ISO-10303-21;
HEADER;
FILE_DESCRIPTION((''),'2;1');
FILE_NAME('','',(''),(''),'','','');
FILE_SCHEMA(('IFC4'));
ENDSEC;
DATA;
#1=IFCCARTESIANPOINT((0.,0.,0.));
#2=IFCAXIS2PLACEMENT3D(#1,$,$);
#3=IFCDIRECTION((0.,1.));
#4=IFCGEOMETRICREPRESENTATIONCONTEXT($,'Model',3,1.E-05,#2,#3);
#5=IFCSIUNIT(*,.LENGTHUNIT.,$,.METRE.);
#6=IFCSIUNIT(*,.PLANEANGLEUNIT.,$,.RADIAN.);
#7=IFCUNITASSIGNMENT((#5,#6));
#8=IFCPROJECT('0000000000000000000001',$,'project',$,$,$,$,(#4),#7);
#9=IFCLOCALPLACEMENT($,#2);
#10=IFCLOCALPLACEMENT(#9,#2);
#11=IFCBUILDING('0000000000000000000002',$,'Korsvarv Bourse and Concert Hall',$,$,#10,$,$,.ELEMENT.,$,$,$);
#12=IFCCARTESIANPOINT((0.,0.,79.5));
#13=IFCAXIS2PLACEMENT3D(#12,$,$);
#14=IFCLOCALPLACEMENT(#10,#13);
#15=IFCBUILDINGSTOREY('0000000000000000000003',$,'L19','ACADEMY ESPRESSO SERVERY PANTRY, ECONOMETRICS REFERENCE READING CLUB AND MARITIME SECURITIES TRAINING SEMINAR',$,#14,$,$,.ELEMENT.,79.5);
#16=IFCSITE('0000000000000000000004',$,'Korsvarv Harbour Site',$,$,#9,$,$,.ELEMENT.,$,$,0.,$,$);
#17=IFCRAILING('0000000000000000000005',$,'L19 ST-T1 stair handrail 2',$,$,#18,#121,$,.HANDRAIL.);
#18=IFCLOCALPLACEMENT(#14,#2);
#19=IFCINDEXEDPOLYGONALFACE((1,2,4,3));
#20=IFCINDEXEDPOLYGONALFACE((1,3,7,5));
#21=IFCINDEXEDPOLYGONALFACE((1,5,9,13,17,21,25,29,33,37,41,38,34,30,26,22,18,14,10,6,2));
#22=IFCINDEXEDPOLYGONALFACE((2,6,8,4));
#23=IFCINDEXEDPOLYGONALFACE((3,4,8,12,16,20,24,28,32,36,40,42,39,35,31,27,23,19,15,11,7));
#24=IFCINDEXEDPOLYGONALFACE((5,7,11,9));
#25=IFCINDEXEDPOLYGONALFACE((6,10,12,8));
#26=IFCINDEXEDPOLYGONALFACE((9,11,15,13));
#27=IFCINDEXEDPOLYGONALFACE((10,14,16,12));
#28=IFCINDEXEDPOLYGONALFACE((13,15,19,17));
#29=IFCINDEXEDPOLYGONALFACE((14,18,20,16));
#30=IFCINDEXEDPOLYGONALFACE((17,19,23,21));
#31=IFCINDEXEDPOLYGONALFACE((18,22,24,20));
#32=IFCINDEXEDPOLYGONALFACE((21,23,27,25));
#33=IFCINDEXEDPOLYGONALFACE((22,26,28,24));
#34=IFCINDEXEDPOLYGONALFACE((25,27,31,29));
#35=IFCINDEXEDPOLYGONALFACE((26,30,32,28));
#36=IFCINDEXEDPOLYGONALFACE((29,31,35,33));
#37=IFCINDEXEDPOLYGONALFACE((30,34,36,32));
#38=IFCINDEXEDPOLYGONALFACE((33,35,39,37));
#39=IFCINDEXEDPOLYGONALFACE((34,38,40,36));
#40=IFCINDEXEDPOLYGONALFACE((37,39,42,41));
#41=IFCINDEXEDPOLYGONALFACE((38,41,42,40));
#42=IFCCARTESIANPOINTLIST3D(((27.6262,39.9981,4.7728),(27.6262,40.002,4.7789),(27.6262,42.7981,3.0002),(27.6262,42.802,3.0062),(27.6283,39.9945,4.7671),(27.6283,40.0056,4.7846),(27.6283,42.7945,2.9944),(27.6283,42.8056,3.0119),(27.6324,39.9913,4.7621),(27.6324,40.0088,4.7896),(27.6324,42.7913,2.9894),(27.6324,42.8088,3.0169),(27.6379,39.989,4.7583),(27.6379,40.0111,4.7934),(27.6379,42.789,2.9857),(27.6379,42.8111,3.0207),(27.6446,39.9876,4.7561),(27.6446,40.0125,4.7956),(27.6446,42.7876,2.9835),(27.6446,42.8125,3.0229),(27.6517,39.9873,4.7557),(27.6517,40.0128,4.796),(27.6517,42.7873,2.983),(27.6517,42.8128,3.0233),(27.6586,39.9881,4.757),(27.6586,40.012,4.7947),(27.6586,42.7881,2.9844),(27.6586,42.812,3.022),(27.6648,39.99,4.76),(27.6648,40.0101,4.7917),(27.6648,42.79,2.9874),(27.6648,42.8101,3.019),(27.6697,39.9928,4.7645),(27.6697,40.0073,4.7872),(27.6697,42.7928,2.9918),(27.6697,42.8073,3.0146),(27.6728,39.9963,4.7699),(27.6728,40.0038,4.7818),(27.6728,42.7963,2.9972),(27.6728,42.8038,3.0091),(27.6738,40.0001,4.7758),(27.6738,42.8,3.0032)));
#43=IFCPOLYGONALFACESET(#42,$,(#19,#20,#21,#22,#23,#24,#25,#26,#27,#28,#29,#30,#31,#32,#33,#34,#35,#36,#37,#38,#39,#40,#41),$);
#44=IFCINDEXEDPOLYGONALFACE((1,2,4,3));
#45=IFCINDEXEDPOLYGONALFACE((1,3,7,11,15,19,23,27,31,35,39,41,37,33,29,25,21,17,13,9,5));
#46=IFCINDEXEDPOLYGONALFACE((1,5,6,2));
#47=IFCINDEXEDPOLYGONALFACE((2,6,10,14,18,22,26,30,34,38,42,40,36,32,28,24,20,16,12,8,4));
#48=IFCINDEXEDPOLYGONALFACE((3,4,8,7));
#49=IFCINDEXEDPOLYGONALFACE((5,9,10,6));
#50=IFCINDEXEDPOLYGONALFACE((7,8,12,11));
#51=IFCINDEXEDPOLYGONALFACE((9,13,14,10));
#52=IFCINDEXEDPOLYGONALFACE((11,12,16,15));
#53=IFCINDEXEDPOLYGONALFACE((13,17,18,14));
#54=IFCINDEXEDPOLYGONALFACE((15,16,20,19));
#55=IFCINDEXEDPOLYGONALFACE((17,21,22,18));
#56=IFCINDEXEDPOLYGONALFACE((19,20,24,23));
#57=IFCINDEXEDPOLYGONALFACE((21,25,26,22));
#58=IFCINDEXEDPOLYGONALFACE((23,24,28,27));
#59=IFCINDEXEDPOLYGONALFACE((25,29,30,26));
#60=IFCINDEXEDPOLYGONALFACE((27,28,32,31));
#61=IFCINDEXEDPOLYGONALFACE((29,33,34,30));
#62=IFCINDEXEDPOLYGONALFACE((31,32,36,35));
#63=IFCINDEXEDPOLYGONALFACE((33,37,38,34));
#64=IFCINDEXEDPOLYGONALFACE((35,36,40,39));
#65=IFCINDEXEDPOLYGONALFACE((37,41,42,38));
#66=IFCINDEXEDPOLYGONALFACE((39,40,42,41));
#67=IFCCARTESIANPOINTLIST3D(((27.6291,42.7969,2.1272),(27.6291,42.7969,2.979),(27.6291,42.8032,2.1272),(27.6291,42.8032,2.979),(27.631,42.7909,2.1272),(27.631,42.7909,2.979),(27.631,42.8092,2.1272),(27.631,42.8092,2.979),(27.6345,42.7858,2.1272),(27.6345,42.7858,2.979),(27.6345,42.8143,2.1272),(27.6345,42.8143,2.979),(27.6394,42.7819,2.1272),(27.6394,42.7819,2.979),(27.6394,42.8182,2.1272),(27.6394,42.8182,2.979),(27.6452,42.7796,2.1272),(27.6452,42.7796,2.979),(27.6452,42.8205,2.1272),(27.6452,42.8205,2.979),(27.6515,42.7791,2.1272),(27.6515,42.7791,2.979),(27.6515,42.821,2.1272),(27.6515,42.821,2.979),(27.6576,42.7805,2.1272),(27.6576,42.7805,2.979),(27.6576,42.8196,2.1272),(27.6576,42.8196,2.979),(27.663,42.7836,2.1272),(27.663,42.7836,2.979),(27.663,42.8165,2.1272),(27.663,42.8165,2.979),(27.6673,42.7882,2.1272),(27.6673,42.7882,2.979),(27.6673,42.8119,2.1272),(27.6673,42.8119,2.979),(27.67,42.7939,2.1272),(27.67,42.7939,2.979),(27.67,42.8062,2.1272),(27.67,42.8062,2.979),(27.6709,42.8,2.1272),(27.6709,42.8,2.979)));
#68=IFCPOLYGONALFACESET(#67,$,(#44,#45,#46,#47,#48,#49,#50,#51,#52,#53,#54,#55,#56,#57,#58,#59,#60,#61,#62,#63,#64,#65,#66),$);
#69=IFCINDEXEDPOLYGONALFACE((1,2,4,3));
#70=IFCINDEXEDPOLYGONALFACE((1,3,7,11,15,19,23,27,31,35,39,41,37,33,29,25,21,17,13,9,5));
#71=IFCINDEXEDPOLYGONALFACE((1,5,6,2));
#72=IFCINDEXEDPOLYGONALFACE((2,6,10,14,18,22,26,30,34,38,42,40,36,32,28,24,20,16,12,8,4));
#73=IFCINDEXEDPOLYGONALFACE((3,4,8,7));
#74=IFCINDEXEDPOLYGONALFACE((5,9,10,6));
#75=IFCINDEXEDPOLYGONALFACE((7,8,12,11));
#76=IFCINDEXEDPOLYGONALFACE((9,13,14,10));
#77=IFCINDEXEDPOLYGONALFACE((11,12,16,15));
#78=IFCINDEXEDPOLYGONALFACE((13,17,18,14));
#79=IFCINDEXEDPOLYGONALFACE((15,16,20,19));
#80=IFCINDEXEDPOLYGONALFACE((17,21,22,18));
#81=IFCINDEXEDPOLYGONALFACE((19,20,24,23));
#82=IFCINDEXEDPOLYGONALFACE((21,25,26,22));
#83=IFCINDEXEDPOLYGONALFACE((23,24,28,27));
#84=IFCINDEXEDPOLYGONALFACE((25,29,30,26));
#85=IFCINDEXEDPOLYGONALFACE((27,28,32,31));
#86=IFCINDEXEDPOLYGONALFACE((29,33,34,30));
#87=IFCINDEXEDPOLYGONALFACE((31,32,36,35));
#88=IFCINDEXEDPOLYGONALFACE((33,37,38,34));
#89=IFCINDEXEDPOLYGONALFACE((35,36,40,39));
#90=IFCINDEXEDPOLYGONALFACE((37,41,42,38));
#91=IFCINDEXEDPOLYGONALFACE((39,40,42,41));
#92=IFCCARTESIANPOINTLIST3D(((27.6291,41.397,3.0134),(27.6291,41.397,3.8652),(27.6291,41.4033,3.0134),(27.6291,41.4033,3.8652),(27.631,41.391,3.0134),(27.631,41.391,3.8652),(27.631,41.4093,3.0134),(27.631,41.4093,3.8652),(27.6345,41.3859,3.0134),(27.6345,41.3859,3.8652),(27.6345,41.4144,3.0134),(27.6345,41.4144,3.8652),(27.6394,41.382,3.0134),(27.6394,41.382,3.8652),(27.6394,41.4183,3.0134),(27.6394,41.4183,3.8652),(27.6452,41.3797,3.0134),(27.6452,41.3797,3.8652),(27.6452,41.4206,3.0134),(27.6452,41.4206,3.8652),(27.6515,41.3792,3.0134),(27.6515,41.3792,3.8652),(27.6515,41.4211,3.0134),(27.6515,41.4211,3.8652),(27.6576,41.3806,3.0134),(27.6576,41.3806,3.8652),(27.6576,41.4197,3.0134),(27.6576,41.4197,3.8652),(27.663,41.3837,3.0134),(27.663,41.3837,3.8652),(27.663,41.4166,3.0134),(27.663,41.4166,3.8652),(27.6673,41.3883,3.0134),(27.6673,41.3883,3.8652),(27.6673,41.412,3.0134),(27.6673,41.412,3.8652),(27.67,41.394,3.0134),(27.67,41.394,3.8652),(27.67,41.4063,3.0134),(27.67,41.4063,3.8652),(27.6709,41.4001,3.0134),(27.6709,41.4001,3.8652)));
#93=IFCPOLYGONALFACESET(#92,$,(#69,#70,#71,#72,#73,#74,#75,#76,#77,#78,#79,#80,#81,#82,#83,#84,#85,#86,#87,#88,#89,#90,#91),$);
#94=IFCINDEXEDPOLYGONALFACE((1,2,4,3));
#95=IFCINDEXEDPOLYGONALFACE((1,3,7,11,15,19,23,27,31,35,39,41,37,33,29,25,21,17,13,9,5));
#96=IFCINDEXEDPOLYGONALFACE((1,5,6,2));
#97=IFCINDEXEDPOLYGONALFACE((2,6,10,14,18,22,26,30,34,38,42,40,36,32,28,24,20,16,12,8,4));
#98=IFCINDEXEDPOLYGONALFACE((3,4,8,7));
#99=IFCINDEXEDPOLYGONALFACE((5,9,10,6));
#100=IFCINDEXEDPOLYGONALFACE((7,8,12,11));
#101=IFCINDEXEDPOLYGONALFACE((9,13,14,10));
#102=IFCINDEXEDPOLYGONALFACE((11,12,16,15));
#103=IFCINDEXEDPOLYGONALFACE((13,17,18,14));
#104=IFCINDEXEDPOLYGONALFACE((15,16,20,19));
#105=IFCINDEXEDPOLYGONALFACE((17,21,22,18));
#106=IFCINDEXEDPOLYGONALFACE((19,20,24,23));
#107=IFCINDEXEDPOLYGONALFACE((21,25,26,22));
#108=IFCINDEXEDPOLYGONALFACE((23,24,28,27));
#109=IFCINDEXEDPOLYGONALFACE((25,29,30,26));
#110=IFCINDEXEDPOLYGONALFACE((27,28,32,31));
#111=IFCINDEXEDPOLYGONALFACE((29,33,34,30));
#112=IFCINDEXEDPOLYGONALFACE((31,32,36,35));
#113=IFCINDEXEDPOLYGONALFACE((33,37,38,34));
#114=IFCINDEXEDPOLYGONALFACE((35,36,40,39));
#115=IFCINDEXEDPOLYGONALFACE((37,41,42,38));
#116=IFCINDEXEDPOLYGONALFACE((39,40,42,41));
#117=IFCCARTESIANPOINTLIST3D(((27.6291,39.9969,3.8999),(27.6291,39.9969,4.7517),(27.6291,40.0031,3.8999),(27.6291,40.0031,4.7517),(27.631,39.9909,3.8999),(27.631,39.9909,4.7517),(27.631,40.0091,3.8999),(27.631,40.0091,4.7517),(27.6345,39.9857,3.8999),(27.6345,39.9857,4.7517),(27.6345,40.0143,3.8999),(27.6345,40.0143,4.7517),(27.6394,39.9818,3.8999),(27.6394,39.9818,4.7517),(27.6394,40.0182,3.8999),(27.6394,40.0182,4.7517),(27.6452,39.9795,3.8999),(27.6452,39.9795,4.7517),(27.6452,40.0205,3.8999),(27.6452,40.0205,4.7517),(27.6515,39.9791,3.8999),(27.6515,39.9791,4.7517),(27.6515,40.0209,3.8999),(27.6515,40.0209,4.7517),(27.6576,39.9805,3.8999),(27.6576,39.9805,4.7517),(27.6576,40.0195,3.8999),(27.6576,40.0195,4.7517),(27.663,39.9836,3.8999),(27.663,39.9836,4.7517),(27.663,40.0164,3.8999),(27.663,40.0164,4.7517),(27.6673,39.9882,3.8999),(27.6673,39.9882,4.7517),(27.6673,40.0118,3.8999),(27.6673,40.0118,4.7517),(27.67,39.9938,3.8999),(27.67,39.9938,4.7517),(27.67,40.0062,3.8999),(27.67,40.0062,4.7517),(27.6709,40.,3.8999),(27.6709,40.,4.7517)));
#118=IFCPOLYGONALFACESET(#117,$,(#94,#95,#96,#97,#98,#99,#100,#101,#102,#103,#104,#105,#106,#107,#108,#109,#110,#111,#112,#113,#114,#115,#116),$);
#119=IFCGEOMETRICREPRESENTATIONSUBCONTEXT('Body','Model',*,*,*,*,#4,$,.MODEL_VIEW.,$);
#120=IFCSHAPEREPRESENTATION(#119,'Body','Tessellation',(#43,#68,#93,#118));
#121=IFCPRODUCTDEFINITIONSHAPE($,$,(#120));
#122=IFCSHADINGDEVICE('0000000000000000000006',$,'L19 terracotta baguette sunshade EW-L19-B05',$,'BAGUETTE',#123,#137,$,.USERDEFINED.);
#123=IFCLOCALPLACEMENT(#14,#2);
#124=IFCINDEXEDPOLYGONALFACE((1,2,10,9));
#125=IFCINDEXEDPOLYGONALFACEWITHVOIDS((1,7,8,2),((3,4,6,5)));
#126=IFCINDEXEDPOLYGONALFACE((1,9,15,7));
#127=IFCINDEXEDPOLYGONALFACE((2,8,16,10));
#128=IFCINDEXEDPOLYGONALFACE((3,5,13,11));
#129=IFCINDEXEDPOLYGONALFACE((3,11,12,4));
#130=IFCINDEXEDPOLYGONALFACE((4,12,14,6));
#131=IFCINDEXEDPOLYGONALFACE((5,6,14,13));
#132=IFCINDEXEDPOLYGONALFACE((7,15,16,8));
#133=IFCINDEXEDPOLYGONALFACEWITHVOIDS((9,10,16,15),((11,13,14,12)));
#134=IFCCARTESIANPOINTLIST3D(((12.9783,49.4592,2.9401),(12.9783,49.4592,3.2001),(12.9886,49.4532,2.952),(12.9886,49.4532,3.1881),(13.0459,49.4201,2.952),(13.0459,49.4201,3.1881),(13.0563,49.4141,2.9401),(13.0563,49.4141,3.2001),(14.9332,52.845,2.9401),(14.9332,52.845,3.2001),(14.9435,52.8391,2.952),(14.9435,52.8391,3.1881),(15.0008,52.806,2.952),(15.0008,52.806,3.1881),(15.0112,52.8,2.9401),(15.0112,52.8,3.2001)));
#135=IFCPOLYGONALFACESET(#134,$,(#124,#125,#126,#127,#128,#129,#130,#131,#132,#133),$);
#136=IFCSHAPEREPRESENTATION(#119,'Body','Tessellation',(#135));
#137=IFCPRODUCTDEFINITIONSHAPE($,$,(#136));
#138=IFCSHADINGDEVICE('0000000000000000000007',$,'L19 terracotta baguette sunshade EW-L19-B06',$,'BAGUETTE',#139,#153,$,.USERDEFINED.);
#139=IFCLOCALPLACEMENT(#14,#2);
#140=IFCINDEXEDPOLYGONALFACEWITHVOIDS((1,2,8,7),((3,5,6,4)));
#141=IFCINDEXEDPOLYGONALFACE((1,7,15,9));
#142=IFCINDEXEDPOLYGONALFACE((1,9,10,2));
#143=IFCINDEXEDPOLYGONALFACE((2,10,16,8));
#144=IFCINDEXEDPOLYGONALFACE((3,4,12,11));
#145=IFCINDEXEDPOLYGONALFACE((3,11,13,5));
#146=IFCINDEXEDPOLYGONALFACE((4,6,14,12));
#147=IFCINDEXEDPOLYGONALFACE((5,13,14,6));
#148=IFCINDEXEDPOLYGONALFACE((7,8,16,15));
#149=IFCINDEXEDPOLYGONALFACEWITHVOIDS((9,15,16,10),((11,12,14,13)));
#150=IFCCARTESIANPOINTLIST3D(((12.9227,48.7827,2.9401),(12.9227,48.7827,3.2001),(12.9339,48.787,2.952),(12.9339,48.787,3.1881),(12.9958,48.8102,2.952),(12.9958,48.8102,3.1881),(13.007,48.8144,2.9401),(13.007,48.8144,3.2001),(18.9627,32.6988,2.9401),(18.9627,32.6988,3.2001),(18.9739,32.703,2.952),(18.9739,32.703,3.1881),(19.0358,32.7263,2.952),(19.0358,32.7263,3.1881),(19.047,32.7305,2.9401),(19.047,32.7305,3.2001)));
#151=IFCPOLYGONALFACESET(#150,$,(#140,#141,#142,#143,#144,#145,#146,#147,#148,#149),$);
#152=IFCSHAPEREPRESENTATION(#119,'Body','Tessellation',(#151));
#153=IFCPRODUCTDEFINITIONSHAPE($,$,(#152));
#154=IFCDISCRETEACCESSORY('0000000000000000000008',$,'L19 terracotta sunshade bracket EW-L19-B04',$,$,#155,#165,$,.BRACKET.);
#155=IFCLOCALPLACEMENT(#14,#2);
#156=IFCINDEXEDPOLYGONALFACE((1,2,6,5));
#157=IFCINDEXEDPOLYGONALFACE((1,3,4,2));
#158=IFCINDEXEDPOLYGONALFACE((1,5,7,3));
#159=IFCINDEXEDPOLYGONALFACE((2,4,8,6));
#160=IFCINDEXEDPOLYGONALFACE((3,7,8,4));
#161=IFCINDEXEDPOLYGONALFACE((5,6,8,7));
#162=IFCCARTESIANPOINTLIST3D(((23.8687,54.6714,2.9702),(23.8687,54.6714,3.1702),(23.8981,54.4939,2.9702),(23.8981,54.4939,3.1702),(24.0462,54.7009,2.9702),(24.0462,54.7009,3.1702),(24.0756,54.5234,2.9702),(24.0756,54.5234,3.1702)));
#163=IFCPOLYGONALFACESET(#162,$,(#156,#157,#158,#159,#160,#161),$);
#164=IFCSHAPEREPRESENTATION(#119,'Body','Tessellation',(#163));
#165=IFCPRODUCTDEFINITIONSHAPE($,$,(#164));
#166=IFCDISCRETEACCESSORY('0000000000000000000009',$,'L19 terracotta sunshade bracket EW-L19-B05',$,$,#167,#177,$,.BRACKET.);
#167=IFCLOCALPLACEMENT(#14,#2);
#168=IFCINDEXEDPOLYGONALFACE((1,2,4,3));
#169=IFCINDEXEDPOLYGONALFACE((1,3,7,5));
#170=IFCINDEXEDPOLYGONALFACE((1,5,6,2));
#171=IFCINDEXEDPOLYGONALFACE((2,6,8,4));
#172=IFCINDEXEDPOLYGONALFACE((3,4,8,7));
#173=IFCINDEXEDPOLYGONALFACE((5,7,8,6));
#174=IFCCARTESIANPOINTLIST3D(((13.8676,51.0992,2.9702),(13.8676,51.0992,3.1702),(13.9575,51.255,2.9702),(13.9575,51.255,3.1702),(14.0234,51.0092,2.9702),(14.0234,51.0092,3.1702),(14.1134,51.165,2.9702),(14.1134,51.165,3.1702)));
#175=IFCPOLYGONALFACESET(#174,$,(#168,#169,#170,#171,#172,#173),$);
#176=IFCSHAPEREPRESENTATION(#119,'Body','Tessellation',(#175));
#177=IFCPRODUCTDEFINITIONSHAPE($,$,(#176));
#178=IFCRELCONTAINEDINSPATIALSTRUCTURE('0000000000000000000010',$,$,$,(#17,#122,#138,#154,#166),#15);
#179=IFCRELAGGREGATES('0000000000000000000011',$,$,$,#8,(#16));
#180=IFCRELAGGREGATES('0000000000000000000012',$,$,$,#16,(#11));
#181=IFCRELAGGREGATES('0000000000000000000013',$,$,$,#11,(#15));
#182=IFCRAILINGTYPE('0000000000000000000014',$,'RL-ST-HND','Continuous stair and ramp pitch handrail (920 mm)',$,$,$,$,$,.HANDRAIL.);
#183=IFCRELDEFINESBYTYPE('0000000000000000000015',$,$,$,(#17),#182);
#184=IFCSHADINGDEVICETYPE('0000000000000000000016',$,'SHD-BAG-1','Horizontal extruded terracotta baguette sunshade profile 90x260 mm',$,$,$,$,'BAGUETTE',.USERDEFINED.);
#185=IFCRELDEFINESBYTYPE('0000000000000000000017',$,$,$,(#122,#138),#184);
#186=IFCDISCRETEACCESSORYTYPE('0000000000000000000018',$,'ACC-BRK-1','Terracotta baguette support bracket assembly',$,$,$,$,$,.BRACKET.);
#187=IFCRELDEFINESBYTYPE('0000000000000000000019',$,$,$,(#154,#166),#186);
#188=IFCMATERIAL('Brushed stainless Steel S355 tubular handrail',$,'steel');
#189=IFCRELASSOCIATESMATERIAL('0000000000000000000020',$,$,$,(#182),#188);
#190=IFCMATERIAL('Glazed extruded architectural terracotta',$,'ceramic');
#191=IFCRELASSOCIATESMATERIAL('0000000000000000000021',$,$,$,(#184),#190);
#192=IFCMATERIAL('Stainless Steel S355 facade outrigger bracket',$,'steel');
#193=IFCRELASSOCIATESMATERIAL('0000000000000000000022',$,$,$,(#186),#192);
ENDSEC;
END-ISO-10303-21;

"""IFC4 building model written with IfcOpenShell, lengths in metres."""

from ifc_helpers import new_model, si_unit, direction, frame, origin, origin_2d, place, context, subcontext, project, spatial, rectangle, hollow_rectangle, circle, extrude, source, transform, mapped, material, material_profile, profile_set, type_object, element, save


model = new_model("IFC4")

# Units and contexts
model_context = context("Model", 3, precision=1e-05, world=origin(), true_north=direction((0.0, 1.0)))
body_context = subcontext(model_context, "Body", "Model", "MODEL_VIEW")
ifc_project = project(units=[si_unit("LENGTHUNIT", "METRE"), si_unit("PLANEANGLEUNIT", "RADIAN")], contexts=[model_context])

# Site, building, storey
site_placement = place(None, origin())
site = spatial("IfcSite", under=ifc_project, at=site_placement, Name="Korsvarv Harbour Site", CompositionType="ELEMENT", RefElevation=0.0)
building_placement = place(site_placement, origin())
building = spatial("IfcBuilding", under=site, at=building_placement, Name="Korsvarv Bourse and Concert Hall", CompositionType="ELEMENT")
storey_placement = place(building_placement, frame((0.0, 0.0, 79.5)))
storey = spatial("IfcBuildingStorey", under=building, at=storey_placement, Name="L19", Description="ACADEMY ESPRESSO SERVERY PANTRY, ECONOMETRICS REFERENCE READING CLUB AND MARITIME SECURITIES TRAINING SEMINAR", CompositionType="ELEMENT", Elevation=79.5)

# Railing
ifc_material_1 = material(Name="Brushed stainless Steel S355 tubular handrail", Category="steel")
railing_type = type_object("IfcRailingType", Name="RL-ST-HND", Description="Continuous stair and ramp pitch handrail (920 mm)", PredefinedType="HANDRAIL", material=ifc_material_1)
railing_placement = place(storey_placement, frame((27.6499, 42.8, 2.1272)))
element("IfcRailing", 1, at=railing_placement, inside=storey, type_object=railing_type, Name="L19 ST-T1 stair handrail 2", PredefinedType="HANDRAIL", context=body_context, shape_type="SweptSolid", body=[
    extrude(circle(Radius=0.0239, at=origin_2d()), frame((0.0, 0.0, 0.876), z_axis=(0.0, -0.844909, 0.53491), x_axis=(1.0, 0.0, 0.0)), (0.0, 0.0, 1.0), 3.314),
    extrude(circle(Radius=0.021, at=origin_2d()), origin(), (0.0, 0.0, 1.0), 0.8518),
    extrude(circle(Radius=0.021, at=origin_2d()), frame((0.0, -1.3999, 0.8862)), (0.0, 0.0, 1.0), 0.8518),
    extrude(circle(Radius=0.021, at=origin_2d()), frame((0.0, -2.8, 1.7727)), (0.0, 0.0, 1.0), 0.8518),
])

# Shading devices
ifc_material_2 = material(Name="Glazed extruded architectural terracotta", Category="ceramic")
ifc_material_profile_1 = material_profile(ifc_material_2, hollow_rectangle(XDim=0.0901, YDim=0.26, WallThickness=0.012, at=origin_2d()), Name="TC-BAG 90x260")
ifc_profile_set_1 = profile_set([ifc_material_profile_1], Name="Glazed extruded architectural terracotta")
shading_device_type = type_object("IfcShadingDeviceType", Name="SHD-BAG-1", Description="Horizontal extruded terracotta baguette sunshade profile 90x260 mm", ElementType="BAGUETTE", PredefinedType="USERDEFINED", material=ifc_profile_set_1)
shared_shape_1 = source(origin(), body_context, "Body", "SweptSolid", [
    extrude(hollow_rectangle(XDim=0.0901, YDim=0.26, WallThickness=0.012, at=origin_2d()), origin(), (0.0, 0.0, 1.0), 3.9097),
])
shading_device_1_placement = place(storey_placement, frame((14.9722, 52.8225, 3.0701), z_axis=(-0.500014, -0.866017, 0.0), x_axis=(0.866017, -0.500014, 0.0)))
element("IfcShadingDevice", 2, at=shading_device_1_placement, inside=storey, type_object=shading_device_type, Name="L19 terracotta baguette sunshade EW-L19-B05", ObjectType="BAGUETTE", PredefinedType="USERDEFINED", context=body_context, shape_type="MappedRepresentation", body=[
    mapped(shared_shape_1, transform((0.0, 0.0, 0.0), scale=1.0)),
])
shared_shape_2 = source(origin(), body_context, "Body", "SweptSolid", [
    extrude(hollow_rectangle(XDim=0.0901, YDim=0.26, WallThickness=0.012, at=origin_2d()), origin(), (0.0, 0.0, 1.0), 17.1807),
])
shading_device_2_placement = place(storey_placement, frame((12.9648, 48.7986, 3.0701), z_axis=(0.351559, -0.936166, 0.0), x_axis=(0.936166, 0.351559, 0.0)))
element("IfcShadingDevice", 3, at=shading_device_2_placement, inside=storey, type_object=shading_device_type, Name="L19 terracotta baguette sunshade EW-L19-B06", ObjectType="BAGUETTE", PredefinedType="USERDEFINED", context=body_context, shape_type="MappedRepresentation", body=[
    mapped(shared_shape_2, transform((0.0, 0.0, 0.0), scale=1.0)),
])

# Discrete accessories
ifc_material_3 = material(Name="Stainless Steel S355 facade outrigger bracket", Category="steel")
discrete_accessory_type = type_object("IfcDiscreteAccessoryType", Name="ACC-BRK-1", Description="Terracotta baguette support bracket assembly", PredefinedType="BRACKET", material=ifc_material_3)
shared_shape_3 = source(origin(), body_context, "Body", "SweptSolid", [
    extrude(rectangle(XDim=0.1799, YDim=0.1799, at=origin_2d()), origin(), (0.0, 0.0, 1.0), 0.2),
])
for number, where, z_axis, x_axis, name in (
    (4, (23.9722, 54.5974, 2.9702), (0.0, 0.0, 1.0), (-0.986515, -0.16367, 0.0), "L19 terracotta sunshade bracket EW-L19-B04"),
    (5, (13.9905, 51.1321, 2.9702), (0.0, 0.0, 1.0), (-0.5, -0.866025, 0.0), "L19 terracotta sunshade bracket EW-L19-B05"),
):
    element("IfcDiscreteAccessory", number, at=place(storey_placement, frame(where, z_axis=z_axis, x_axis=x_axis)), inside=storey, type_object=discrete_accessory_type, Name=name, PredefinedType="BRACKET", context=body_context, shape_type="MappedRepresentation", body=[
        mapped(shared_shape_3, transform((0.0, 0.0, 0.0), scale=1.0)),
    ])

save(model, "model.ifc")
